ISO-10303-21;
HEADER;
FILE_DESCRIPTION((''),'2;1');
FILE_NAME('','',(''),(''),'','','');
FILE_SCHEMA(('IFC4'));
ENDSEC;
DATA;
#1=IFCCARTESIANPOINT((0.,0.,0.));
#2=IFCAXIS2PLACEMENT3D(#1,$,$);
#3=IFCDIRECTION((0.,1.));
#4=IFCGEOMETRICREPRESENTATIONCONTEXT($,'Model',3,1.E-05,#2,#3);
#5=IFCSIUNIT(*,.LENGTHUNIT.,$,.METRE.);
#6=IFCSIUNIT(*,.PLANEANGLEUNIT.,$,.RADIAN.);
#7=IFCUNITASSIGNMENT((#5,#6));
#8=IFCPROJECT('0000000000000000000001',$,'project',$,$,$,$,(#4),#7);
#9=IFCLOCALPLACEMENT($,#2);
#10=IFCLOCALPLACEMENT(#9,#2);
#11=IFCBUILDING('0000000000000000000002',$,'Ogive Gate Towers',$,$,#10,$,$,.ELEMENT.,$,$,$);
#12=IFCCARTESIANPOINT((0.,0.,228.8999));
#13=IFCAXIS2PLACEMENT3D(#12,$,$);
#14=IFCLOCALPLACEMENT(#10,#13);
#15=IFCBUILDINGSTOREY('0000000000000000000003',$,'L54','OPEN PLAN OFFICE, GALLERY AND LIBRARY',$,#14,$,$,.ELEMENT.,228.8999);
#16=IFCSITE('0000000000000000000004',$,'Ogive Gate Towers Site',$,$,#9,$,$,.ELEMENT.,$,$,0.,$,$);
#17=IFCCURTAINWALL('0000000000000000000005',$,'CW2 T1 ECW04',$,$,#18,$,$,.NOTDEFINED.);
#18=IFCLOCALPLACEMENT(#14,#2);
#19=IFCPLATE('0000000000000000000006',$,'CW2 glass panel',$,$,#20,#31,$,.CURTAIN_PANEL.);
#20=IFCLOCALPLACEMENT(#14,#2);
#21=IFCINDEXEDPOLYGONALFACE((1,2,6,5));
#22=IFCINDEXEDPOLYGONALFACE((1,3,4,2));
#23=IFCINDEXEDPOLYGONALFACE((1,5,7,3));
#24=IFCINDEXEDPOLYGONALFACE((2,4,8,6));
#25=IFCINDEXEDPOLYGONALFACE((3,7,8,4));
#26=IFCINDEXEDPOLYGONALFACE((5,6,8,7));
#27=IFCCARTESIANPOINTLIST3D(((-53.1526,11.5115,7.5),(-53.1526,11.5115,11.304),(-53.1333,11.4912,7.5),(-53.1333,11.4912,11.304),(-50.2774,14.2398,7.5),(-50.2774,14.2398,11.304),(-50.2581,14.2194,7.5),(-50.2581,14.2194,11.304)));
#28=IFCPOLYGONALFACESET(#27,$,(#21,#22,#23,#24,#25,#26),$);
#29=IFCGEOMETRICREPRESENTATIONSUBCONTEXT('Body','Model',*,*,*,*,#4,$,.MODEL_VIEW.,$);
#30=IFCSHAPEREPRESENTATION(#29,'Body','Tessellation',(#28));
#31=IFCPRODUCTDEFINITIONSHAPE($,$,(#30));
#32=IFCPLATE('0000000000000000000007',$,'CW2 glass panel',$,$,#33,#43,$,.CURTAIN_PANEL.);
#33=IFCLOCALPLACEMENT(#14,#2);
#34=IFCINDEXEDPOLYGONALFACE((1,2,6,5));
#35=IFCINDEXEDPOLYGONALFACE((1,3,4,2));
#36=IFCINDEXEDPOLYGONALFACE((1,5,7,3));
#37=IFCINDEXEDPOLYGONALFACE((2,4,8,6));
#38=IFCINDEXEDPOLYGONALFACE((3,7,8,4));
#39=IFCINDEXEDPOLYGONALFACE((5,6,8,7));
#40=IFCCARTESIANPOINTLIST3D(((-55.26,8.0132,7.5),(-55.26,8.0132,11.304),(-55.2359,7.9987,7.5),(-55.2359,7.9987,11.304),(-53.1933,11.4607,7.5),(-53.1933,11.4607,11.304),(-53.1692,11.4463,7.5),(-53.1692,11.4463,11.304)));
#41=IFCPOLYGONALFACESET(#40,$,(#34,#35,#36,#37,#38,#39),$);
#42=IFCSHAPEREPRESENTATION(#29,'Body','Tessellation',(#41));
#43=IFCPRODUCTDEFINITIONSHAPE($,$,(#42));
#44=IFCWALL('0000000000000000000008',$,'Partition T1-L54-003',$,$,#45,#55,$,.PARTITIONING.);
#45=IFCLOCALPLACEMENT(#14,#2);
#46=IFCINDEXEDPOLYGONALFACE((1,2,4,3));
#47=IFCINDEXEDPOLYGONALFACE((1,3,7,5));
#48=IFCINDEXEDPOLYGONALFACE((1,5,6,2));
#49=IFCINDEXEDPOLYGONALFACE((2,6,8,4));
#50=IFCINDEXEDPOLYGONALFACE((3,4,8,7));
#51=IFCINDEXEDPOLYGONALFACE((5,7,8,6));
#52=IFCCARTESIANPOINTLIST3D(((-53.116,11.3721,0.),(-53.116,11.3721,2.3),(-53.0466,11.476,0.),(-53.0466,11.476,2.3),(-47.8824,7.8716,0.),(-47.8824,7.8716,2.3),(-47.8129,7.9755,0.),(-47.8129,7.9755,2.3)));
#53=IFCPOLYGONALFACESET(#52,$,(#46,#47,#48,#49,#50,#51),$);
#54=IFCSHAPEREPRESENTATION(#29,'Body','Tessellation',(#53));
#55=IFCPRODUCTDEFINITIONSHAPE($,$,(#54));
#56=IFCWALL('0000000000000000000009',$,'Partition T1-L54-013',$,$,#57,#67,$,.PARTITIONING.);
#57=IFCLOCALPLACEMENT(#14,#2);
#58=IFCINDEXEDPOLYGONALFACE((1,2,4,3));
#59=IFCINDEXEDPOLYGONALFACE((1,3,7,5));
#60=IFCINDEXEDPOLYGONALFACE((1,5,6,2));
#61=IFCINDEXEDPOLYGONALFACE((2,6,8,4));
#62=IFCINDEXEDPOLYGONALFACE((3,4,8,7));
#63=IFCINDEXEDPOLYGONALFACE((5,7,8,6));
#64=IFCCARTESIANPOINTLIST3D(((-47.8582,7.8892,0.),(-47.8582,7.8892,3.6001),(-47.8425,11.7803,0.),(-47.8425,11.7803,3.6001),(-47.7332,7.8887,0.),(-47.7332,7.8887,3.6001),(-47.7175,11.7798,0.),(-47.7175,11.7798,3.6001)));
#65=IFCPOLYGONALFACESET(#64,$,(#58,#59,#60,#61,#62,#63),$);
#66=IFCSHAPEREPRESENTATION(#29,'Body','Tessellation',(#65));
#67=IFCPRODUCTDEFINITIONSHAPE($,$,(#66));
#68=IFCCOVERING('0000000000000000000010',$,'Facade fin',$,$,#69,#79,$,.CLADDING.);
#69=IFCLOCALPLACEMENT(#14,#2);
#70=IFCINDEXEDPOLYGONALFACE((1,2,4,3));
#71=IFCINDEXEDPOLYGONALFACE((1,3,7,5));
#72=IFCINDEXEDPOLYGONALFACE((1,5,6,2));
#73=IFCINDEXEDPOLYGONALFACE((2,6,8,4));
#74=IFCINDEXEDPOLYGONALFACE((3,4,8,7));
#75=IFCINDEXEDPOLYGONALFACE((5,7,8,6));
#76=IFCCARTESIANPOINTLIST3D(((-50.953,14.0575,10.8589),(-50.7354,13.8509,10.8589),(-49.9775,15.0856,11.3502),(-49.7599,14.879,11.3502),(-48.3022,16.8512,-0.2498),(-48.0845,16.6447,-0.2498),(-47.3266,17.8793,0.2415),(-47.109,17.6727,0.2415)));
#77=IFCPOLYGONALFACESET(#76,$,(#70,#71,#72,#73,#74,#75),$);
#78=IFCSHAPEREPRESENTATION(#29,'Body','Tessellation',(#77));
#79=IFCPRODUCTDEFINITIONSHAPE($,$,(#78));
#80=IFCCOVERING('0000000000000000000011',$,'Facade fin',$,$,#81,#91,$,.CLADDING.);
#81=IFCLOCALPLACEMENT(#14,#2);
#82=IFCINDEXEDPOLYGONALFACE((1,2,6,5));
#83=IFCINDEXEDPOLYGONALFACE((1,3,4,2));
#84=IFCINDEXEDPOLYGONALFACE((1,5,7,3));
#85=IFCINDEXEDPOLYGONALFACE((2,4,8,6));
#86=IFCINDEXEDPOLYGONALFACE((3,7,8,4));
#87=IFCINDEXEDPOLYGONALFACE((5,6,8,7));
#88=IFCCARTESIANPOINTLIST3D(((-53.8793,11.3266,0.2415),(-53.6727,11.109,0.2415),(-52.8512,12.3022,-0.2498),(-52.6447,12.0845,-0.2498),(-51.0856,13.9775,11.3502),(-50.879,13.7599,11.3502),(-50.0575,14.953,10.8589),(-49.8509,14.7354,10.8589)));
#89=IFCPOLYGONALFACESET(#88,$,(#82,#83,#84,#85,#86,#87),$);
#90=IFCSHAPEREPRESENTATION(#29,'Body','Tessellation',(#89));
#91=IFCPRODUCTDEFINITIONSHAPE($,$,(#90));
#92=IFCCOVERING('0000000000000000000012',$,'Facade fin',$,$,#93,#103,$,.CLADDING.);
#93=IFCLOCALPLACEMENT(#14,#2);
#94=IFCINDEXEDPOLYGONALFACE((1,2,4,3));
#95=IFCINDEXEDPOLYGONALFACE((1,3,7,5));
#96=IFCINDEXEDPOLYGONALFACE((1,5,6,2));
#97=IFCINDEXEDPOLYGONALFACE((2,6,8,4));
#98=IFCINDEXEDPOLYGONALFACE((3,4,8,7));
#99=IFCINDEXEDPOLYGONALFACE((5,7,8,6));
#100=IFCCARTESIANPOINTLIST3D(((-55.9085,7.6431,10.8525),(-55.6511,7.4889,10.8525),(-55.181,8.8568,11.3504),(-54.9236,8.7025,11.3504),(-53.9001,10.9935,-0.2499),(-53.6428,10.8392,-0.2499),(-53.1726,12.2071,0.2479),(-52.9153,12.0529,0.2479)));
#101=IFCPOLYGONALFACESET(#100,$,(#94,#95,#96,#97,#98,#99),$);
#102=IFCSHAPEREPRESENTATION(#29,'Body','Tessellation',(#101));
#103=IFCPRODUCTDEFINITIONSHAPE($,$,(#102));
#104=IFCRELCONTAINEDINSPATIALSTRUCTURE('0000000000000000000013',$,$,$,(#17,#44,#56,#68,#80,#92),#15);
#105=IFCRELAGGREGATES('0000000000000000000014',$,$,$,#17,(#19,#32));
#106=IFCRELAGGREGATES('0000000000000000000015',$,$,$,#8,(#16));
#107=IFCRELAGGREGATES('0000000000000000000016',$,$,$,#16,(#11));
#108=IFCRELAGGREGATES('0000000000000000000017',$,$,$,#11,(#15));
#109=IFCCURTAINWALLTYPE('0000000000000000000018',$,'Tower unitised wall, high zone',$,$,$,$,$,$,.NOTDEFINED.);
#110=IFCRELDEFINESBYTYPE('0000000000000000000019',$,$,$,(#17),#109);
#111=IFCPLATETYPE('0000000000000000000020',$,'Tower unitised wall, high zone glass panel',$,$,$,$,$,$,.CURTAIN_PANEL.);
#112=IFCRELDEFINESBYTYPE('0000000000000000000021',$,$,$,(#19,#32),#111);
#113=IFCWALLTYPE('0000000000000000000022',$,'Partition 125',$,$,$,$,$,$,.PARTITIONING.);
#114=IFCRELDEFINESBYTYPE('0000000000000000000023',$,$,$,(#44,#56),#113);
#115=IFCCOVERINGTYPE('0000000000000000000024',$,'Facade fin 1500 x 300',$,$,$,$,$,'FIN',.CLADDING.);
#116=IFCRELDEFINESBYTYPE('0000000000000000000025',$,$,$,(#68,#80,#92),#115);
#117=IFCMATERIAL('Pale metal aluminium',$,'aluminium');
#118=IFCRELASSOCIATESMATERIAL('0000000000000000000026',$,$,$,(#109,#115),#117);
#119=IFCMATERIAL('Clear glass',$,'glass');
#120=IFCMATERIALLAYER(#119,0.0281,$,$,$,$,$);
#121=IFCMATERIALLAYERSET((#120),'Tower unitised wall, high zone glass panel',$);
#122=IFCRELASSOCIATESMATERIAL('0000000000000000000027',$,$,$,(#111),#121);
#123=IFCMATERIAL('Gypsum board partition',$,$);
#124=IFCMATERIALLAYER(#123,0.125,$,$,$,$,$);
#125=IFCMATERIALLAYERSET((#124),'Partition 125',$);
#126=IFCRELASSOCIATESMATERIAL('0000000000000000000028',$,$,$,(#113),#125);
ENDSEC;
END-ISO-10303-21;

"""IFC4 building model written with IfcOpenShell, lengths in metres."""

from ifc_helpers import new_model, si_unit, direction, frame, frame_2d, origin, origin_2d, place, context, subcontext, project, spatial, rectangle, extrude, material, layer, layer_set, material_profile, profile_set, type_object, element, aggregate, save


model = new_model("IFC4")

# Units and contexts
model_context = context("Model", 3, precision=1e-05, world=origin(), true_north=direction((0.0, 1.0)))
body_context = subcontext(model_context, "Body", "Model", "MODEL_VIEW")
ifc_project = project(units=[si_unit("LENGTHUNIT", "METRE"), si_unit("PLANEANGLEUNIT", "RADIAN")], contexts=[model_context])

# Site, building, storey
site_placement = place(None, origin())
site = spatial("IfcSite", under=ifc_project, at=site_placement, Name="Ogive Gate Towers Site", CompositionType="ELEMENT", RefElevation=0.0)
building_placement = place(site_placement, origin())
building = spatial("IfcBuilding", under=site, at=building_placement, Name="Ogive Gate Towers", CompositionType="ELEMENT")
storey_placement = place(building_placement, frame((0.0, 0.0, 228.8999)))
storey = spatial("IfcBuildingStorey", under=building, at=storey_placement, Name="L54", Description="OPEN PLAN OFFICE, GALLERY AND LIBRARY", CompositionType="ELEMENT", Elevation=228.8999)

# Shared definitions
ifc_material_1 = material(Name="Pale metal aluminium", Category="aluminium")
curtain_wall_type = type_object("IfcCurtainWallType", Name="Tower unitised wall, high zone", PredefinedType="NOTDEFINED", material=ifc_material_1)

# Curtain wall
curtain_wall_1_placement = place(storey_placement, origin())
curtain_wall_1 = element("IfcCurtainWall", 1, at=curtain_wall_1_placement, inside=storey, type_object=curtain_wall_type, Name="CW2 T1 ECW04", PredefinedType="NOTDEFINED")

# Plates
ifc_material_2 = material(Name="Clear glass", Category="glass")
ifc_layer_1 = layer(ifc_material_2, 0.0281)
ifc_layer_set_1 = layer_set([ifc_layer_1], Name="Tower unitised wall, high zone glass panel")
plate_type = type_object("IfcPlateType", Name="Tower unitised wall, high zone glass panel", PredefinedType="CURTAIN_PANEL", material=ifc_layer_set_1)
plate_1_placement = place(storey_placement, frame((-51.7053, 12.8655, 7.5), z_axis=(0.0, 0.0, 1.0), x_axis=(-0.725398, -0.688329, 0.0)))
plate_1 = element("IfcPlate", 2, at=plate_1_placement, type_object=plate_type, Name="CW2 glass panel", PredefinedType="CURTAIN_PANEL", context=body_context, shape_type="SweptSolid", body=[
    extrude(rectangle(XDim=3.9636, YDim=0.0281, at=origin_2d()), origin(), (0.0, 0.0, 1.0), 3.804),
])
plate_2_placement = place(storey_placement, frame((-54.2146, 9.7297, 7.5), z_axis=(0.0, 0.0, 1.0), x_axis=(-0.514155, -0.857697, 0.0)))
plate_2 = element("IfcPlate", 3, at=plate_2_placement, type_object=plate_type, Name="CW2 glass panel", PredefinedType="CURTAIN_PANEL", context=body_context, shape_type="SweptSolid", body=[
    extrude(rectangle(XDim=4.0195, YDim=0.0281, at=origin_2d()), origin(), (0.0, 0.0, 1.0), 3.804),
])
aggregate(curtain_wall_1, [plate_1, plate_2])

# Walls
ifc_material_3 = material(Name="Gypsum board partition")
ifc_layer_2 = layer(ifc_material_3, 0.125)
ifc_layer_set_2 = layer_set([ifc_layer_2], Name="Partition 125")
wall_type = type_object("IfcWallType", Name="Partition 125", PredefinedType="PARTITIONING", material=ifc_layer_set_2)
wall_1_placement = place(storey_placement, frame((-53.0813, 11.4241, 0.0), z_axis=(0.0, 0.0, 1.0), x_axis=(0.831214, -0.555952, 0.0)))
element("IfcWall", 4, at=wall_1_placement, inside=storey, type_object=wall_type, Name="Partition T1-L54-003", PredefinedType="PARTITIONING", context=body_context, shape_type="SweptSolid", body=[
    extrude(rectangle(XDim=6.2964, YDim=0.125, at=frame_2d((3.1482, 0.0))), origin(), (0.0, 0.0, 1.0), 2.3),
])
wall_2_placement = place(storey_placement, frame((-47.78, 11.78, 0.0), z_axis=(0.0, 0.0, 1.0), x_axis=(-0.004016, -0.999992, 0.0)))
element("IfcWall", 5, at=wall_2_placement, inside=storey, type_object=wall_type, Name="Partition T1-L54-013", PredefinedType="PARTITIONING", context=body_context, shape_type="SweptSolid", body=[
    extrude(rectangle(XDim=3.8911, YDim=0.125, at=frame_2d((1.9456, 0.0))), origin(), (0.0, 0.0, 1.0), 3.6001),
])

# Coverings
ifc_material_profile_1 = material_profile(ifc_material_1, rectangle(XDim=0.3, YDim=1.5, at=origin_2d()), Name="1500 x 300 pale metal aluminium")
ifc_profile_set_1 = profile_set([ifc_material_profile_1], Name="Pale metal aluminium")
covering_type = type_object("IfcCoveringType", Name="Facade fin 1500 x 300", ElementType="FIN", PredefinedType="CLADDING", material=ifc_profile_set_1)
for number, where, z_axis, x_axis, name in (
    (6, (-47.7056, 17.262, -0.0042), (-0.225467, -0.237614, 0.94483), (0.725406, -0.688321, 0.0), "Facade fin"),
    (7, (-53.262, 11.7056, -0.0042), (0.237614, 0.225467, 0.94483), (-0.688321, 0.725406, 0.0), "Facade fin"),
):
    element("IfcCovering", number, at=place(storey_placement, frame(where, z_axis=z_axis, x_axis=x_axis)), inside=storey, type_object=covering_type, Name=name, PredefinedType="CLADDING", context=body_context, shape_type="SweptSolid", body=[
        extrude(rectangle(XDim=0.3, YDim=1.5, at=origin_2d()), origin(), (0.0, 0.0, 1.0), 11.7573),
    ])
covering_placement = place(storey_placement, frame((-53.4077, 11.5232, -0.001), z_axis=(-0.170637, -0.284665, 0.943318), x_axis=(0.857708, -0.514137, 0.0)))
element("IfcCovering", 8, at=covering_placement, inside=storey, type_object=covering_type, Name="Facade fin", PredefinedType="CLADDING", context=body_context, shape_type="SweptSolid", body=[
    extrude(rectangle(XDim=0.3, YDim=1.5, at=origin_2d()), origin(), (0.0, 0.0, 1.0), 11.7695),
])

save(model, "model.ifc")
